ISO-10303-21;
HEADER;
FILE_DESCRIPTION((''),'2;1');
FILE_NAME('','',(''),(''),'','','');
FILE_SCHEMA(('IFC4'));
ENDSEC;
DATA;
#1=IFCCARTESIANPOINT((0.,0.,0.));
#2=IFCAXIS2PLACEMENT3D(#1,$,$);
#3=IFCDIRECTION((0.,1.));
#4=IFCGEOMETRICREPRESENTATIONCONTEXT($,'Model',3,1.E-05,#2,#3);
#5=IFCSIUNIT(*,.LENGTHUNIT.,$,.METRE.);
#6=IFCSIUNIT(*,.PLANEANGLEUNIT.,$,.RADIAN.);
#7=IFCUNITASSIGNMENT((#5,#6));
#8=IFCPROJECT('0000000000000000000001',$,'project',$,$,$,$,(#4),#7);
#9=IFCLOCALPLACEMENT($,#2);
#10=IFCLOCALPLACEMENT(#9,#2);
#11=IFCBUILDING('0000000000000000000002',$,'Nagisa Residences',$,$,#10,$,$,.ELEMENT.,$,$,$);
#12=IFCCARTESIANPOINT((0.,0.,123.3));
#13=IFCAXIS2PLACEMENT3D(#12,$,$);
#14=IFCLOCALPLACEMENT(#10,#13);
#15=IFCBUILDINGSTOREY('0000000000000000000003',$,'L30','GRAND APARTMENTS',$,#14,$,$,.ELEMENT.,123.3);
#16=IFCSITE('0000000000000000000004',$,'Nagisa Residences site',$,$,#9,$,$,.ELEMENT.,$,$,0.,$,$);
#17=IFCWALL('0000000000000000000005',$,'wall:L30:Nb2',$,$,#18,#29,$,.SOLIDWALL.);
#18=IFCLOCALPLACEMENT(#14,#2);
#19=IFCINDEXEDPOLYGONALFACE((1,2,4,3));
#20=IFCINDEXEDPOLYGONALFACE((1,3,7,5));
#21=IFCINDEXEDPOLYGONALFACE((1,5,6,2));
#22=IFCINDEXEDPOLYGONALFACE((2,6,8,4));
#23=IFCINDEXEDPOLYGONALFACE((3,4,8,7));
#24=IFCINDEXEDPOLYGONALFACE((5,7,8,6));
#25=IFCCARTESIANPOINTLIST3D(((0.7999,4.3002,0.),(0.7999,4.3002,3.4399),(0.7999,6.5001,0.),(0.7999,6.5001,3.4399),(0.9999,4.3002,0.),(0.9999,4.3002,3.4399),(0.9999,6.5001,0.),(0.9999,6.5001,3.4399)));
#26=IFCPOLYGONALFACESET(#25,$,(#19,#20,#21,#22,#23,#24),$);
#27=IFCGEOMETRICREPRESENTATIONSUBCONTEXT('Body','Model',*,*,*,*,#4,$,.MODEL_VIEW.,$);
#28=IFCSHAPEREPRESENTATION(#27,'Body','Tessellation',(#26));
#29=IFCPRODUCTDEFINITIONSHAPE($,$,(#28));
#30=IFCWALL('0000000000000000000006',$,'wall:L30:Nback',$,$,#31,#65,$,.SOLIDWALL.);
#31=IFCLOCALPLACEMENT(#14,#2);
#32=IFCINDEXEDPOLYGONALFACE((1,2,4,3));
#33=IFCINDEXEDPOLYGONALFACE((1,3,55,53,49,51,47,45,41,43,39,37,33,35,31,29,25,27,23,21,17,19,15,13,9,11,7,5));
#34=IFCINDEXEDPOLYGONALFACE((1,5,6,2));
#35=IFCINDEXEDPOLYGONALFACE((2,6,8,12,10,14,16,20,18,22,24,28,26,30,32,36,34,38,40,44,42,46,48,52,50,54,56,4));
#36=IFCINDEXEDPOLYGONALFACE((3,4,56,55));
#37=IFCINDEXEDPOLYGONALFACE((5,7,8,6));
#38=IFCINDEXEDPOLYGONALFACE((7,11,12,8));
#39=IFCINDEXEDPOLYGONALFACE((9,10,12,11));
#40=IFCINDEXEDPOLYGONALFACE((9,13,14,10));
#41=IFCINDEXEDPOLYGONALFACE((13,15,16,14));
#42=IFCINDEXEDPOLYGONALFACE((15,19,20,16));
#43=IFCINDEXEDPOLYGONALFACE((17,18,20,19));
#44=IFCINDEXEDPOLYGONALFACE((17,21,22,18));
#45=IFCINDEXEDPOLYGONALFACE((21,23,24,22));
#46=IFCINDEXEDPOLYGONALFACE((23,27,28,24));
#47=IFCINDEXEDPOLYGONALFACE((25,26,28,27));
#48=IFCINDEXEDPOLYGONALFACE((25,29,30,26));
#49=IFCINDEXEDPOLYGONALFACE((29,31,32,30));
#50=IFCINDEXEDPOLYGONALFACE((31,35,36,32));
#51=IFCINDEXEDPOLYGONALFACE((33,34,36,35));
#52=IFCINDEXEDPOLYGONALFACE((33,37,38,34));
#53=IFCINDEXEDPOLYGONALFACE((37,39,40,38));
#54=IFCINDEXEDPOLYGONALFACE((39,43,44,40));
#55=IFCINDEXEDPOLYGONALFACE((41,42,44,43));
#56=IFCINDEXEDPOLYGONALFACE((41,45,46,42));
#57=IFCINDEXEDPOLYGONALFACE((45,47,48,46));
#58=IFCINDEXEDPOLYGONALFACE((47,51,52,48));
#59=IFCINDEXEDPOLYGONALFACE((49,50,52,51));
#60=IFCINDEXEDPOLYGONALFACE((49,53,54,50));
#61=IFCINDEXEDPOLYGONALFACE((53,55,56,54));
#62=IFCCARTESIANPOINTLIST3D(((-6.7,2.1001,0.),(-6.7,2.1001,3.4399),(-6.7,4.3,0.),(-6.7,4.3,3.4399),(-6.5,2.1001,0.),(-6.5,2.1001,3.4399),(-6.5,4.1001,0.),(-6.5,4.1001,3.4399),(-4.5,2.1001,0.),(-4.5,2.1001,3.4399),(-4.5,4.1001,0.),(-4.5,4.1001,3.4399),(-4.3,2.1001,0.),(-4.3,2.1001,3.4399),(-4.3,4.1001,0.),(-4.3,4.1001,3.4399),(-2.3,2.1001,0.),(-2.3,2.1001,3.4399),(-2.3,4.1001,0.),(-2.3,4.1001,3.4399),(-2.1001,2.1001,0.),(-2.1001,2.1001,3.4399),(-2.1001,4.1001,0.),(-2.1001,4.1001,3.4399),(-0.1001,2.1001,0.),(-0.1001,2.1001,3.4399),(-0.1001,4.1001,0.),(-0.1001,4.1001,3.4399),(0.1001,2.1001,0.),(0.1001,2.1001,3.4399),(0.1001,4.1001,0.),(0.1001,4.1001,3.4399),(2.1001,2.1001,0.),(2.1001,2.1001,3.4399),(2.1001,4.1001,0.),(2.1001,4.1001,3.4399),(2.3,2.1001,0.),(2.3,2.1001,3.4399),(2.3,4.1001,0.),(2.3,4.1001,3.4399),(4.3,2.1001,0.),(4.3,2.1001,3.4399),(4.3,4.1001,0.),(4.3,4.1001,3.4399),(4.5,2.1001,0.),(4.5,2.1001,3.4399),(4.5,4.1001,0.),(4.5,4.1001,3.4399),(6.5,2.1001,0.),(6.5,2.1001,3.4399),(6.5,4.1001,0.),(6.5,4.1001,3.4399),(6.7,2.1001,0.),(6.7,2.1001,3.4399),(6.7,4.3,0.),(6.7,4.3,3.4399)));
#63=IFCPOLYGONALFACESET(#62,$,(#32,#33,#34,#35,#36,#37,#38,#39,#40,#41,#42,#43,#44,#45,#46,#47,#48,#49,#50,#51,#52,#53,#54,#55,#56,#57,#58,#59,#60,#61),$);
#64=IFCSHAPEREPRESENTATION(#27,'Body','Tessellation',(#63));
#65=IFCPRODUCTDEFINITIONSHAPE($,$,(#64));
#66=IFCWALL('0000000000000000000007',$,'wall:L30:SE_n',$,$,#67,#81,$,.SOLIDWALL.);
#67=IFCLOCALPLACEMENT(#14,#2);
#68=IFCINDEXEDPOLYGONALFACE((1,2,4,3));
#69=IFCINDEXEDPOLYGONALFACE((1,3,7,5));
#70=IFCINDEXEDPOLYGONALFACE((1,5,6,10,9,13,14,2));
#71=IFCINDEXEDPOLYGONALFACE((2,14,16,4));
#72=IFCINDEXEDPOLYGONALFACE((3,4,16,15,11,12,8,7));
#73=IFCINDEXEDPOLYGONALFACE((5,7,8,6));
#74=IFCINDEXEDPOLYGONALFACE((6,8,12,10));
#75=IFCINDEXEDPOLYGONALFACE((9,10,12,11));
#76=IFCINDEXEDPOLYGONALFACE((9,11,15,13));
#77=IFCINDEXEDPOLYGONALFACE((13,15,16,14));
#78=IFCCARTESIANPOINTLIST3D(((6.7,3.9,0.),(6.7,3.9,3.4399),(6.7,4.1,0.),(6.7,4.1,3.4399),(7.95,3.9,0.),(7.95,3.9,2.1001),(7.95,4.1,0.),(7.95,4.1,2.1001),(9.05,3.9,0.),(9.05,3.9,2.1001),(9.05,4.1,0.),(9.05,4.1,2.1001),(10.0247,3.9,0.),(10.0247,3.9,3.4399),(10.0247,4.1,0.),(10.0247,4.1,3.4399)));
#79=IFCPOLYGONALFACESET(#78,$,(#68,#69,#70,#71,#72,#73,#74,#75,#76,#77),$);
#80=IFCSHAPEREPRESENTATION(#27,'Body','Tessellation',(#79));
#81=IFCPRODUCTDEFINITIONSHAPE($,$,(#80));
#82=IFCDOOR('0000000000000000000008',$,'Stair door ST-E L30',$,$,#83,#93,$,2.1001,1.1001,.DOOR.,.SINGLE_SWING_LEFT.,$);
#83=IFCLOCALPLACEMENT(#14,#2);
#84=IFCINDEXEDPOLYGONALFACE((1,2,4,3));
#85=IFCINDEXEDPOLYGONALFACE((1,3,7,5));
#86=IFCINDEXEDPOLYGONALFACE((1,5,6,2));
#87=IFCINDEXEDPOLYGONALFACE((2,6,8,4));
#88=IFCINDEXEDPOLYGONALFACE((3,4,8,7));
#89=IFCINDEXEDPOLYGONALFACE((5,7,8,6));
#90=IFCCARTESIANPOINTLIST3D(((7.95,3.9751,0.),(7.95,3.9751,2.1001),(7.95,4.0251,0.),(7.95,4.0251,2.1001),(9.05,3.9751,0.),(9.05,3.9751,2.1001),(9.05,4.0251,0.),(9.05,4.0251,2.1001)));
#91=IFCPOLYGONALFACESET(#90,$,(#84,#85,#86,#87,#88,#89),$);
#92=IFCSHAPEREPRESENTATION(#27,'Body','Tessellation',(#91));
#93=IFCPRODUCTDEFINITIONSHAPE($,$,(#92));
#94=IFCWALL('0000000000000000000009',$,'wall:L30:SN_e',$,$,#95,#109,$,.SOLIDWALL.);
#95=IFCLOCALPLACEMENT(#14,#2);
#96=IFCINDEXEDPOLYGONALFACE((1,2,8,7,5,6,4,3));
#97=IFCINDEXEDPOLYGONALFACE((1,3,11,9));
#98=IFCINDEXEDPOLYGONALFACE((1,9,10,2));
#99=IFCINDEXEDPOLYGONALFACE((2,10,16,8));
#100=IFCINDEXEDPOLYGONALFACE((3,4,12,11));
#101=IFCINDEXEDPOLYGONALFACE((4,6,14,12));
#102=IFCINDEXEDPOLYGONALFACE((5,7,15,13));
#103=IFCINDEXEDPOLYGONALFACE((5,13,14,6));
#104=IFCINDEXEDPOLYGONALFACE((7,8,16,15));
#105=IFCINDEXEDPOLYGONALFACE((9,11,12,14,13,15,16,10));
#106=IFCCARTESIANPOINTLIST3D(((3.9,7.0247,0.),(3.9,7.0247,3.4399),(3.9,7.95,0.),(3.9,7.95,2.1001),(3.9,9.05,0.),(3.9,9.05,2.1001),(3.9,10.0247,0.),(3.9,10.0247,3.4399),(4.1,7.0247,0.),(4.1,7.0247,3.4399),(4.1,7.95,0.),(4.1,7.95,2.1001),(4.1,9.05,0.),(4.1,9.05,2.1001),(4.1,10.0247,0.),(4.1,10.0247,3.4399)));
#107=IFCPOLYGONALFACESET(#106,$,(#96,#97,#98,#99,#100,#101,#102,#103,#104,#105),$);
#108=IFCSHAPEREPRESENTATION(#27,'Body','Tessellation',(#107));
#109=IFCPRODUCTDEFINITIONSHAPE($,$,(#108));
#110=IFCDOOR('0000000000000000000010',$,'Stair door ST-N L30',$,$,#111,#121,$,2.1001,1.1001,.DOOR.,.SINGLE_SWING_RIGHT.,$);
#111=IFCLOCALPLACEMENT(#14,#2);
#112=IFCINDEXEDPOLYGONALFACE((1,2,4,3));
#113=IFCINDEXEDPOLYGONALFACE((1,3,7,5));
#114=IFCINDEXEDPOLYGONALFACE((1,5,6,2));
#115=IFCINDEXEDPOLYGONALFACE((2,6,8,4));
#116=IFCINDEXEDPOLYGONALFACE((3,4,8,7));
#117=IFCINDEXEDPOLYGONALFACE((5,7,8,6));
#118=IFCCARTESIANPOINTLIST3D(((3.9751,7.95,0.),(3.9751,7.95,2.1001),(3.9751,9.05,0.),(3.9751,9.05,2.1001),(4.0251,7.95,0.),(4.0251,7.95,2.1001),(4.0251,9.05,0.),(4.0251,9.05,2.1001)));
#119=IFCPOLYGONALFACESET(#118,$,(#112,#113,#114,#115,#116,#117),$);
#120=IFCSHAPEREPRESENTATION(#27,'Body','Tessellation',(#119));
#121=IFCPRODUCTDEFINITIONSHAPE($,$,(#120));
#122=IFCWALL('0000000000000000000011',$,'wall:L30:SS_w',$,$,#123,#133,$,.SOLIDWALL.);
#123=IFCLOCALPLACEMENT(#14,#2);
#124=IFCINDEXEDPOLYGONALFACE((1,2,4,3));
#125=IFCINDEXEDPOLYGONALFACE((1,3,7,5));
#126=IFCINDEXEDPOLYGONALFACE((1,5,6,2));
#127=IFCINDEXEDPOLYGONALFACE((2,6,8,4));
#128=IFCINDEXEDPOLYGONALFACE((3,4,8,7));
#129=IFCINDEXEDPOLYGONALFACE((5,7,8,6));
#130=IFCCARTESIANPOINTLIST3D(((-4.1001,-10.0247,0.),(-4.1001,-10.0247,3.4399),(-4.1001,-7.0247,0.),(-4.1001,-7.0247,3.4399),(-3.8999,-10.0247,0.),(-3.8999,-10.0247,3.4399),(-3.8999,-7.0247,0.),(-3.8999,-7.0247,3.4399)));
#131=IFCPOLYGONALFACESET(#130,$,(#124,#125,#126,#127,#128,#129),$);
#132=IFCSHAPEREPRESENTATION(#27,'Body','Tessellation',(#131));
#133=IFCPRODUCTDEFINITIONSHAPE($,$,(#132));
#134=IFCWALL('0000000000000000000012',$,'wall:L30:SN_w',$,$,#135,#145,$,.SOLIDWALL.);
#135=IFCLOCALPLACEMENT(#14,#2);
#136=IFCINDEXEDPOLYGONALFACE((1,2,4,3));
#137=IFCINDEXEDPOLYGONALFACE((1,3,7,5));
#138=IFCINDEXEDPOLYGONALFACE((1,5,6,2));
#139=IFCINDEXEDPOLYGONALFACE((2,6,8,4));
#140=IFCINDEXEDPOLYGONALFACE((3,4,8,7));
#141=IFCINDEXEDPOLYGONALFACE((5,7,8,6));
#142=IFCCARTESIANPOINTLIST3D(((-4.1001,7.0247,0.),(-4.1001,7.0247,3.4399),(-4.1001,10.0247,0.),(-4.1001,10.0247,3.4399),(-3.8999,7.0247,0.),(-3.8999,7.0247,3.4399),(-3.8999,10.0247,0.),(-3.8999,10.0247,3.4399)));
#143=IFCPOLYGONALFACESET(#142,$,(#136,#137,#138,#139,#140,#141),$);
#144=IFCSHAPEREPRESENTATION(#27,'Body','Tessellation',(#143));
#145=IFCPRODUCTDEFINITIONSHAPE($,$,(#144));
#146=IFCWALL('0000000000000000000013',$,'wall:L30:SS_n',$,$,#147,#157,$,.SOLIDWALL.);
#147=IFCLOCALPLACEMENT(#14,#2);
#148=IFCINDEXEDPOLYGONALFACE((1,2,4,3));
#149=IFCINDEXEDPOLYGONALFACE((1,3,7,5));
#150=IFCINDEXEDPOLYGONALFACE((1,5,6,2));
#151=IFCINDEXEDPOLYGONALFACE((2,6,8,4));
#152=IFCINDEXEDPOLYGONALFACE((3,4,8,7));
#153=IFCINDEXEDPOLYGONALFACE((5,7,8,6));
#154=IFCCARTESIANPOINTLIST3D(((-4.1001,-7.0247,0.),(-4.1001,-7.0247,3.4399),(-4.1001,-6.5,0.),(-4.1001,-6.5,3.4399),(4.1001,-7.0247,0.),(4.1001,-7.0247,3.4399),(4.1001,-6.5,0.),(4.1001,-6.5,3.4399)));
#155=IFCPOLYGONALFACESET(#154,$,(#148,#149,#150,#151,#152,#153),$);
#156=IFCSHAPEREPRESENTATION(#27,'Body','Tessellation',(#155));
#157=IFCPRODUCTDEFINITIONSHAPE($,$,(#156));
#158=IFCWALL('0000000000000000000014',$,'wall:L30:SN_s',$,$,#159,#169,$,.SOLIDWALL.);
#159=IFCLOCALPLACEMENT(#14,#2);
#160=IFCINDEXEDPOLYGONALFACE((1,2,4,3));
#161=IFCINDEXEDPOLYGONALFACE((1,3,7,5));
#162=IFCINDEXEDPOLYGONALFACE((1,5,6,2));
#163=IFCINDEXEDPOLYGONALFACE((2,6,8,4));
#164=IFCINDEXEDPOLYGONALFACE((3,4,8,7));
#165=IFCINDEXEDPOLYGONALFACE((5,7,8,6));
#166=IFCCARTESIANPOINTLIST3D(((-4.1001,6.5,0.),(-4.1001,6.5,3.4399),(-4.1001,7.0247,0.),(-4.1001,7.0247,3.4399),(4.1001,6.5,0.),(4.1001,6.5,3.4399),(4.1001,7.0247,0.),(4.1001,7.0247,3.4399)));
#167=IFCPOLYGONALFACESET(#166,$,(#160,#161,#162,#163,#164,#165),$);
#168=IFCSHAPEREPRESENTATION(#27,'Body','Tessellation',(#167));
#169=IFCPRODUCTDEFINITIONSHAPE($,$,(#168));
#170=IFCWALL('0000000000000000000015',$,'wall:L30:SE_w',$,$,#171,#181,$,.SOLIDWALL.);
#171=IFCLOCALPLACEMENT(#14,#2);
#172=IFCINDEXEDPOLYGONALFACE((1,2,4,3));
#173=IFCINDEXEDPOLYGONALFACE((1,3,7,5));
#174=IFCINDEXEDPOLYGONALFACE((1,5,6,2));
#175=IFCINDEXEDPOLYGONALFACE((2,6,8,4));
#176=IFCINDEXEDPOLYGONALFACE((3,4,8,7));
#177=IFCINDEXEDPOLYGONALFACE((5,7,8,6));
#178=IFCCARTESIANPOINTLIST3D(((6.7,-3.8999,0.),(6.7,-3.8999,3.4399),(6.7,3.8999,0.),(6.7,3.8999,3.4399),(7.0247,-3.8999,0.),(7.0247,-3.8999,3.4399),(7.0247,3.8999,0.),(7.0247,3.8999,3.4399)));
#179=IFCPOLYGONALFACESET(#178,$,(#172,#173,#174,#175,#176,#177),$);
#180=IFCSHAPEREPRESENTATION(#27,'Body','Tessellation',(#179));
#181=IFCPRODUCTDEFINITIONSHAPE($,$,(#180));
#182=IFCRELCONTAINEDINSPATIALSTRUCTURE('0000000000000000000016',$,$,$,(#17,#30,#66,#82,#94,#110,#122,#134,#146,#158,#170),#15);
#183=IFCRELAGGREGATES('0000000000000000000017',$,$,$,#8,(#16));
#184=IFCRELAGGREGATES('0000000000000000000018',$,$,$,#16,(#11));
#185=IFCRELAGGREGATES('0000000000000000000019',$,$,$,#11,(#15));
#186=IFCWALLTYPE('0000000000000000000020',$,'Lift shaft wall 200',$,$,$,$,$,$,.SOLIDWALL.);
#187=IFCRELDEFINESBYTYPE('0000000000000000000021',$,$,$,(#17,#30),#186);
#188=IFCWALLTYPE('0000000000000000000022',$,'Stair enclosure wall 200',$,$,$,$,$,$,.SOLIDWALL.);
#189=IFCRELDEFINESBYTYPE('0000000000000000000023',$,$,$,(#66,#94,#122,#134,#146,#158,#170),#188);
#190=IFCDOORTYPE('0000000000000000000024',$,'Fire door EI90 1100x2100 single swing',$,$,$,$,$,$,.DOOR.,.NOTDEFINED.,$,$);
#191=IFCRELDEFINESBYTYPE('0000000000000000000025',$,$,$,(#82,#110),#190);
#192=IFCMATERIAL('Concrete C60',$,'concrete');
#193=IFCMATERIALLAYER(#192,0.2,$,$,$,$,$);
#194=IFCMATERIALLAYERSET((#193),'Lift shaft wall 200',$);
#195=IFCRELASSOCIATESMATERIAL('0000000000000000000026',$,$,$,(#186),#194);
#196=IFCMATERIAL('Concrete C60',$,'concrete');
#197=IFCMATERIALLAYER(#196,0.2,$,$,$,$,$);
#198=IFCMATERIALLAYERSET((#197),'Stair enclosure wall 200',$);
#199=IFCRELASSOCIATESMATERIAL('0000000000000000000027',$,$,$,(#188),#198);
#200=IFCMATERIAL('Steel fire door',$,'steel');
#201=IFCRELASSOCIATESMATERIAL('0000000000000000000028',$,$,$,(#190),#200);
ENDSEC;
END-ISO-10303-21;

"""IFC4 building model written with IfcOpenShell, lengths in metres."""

from ifc_helpers import new_model, si_unit, direction, frame, frame_2d, origin, place, context, subcontext, project, spatial, polyline, rectangle, outline, extrude, material, layer, layer_set, type_object, element, fill, save


model = new_model("IFC4")

# Units and contexts
model_context = context("Model", 3, precision=1e-05, world=origin(), true_north=direction((0.0, 1.0)))
body_context = subcontext(model_context, "Body", "Model", "MODEL_VIEW")
ifc_project = project(units=[si_unit("LENGTHUNIT", "METRE"), si_unit("PLANEANGLEUNIT", "RADIAN")], contexts=[model_context])

# Site, building, storey
site_placement = place(None, origin())
site = spatial("IfcSite", under=ifc_project, at=site_placement, Name="Nagisa Residences site", CompositionType="ELEMENT", RefElevation=0.0)
building_placement = place(site_placement, origin())
building = spatial("IfcBuilding", under=site, at=building_placement, Name="Nagisa Residences", CompositionType="ELEMENT")
storey_placement = place(building_placement, frame((0.0, 0.0, 123.3)))
storey = spatial("IfcBuildingStorey", under=building, at=storey_placement, Name="L30", Description="GRAND APARTMENTS", CompositionType="ELEMENT", Elevation=123.3)

# Shared definitions
ifc_material_1 = material(Name="Concrete C60", Category="concrete")
ifc_layer_1 = layer(ifc_material_1, 0.2)
ifc_layer_set_1 = layer_set([ifc_layer_1], Name="Lift shaft wall 200")
wall_type_1 = type_object("IfcWallType", Name="Lift shaft wall 200", PredefinedType="SOLIDWALL", material=ifc_layer_set_1)

# Walls
wall_1_placement = place(storey_placement, frame((0.8999, 4.3, 0.0), z_axis=(0.0, 0.0, 1.0), x_axis=(0.0, 1.0, 0.0)))
element("IfcWall", 1, at=wall_1_placement, inside=storey, type_object=wall_type_1, Name="wall:L30:Nb2", PredefinedType="SOLIDWALL", context=body_context, shape_type="SweptSolid", body=[
    extrude(rectangle(XDim=2.2, YDim=0.2, at=frame_2d((1.1001, 0.0))), origin(), (0.0, 0.0, 1.0), 3.4399),
])
wall_2_placement = place(storey_placement, origin())
element("IfcWall", 2, at=wall_2_placement, inside=storey, type_object=wall_type_1, Name="wall:L30:Nback", PredefinedType="SOLIDWALL", context=body_context, shape_type="SweptSolid", body=[
    extrude(outline(polyline([(-6.5, 2.1001), (-6.7, 2.1001), (-6.7, 4.3), (6.7, 4.3), (6.7, 2.1001), (6.5, 2.1001), (6.5, 4.1001), (4.5, 4.1001), (4.5, 2.1001), (4.3, 2.1001), (4.3, 4.1001), (2.3, 4.1001), (2.3, 2.1001), (2.1001, 2.1001), (2.1001, 4.1001), (0.1001, 4.1001), (0.1001, 2.1001), (-0.1001, 2.1001), (-0.1001, 4.1001), (-2.1001, 4.1001), (-2.1001, 2.1001), (-2.3, 2.1001), (-2.3, 4.1001), (-4.3, 4.1001), (-4.3, 2.1001), (-4.5, 2.1001), (-4.5, 4.1001), (-6.5, 4.1001), (-6.5, 2.1001)])), origin(), (0.0, 0.0, 1.0), 3.4399),
])

# Walls, openings, doors
ifc_material_2 = material(Name="Concrete C60", Category="concrete")
ifc_layer_2 = layer(ifc_material_2, 0.2)
ifc_layer_set_2 = layer_set([ifc_layer_2], Name="Stair enclosure wall 200")
wall_type_2 = type_object("IfcWallType", Name="Stair enclosure wall 200", PredefinedType="SOLIDWALL", material=ifc_layer_set_2)
wall_3_placement = place(storey_placement, frame((6.7, 4.0, 0.0), z_axis=(0.0, 0.0, 1.0), x_axis=(1.0, 0.0, 0.0)))
wall_3 = element("IfcWall", 3, at=wall_3_placement, inside=storey, type_object=wall_type_2, Name="wall:L30:SE_n", PredefinedType="SOLIDWALL", context=body_context, shape_type="SweptSolid", body=[
    extrude(rectangle(XDim=3.3247, YDim=0.2, at=frame_2d((1.6624, 0.0))), origin(), (0.0, 0.0, 1.0), 3.4399),
])
opening_1_placement = place(wall_3_placement, frame((1.25, 0.0, 0.0)))
opening_1 = element("IfcOpeningElement", 4, at=opening_1_placement, cuts=wall_3, PredefinedType="OPENING", context=body_context, shape_type="SweptSolid", body=[
    extrude(rectangle(XDim=1.1001, YDim=2.1001, at=frame_2d((0.55, 1.05))), frame((0.0, 0.1099, 0.0), z_axis=(0.0, -1.0, 0.0), x_axis=(1.0, 0.0, 0.0)), (0.0, 0.0, 1.0), 0.22),
])
ifc_material_3 = material(Name="Steel fire door", Category="steel")
door_type_1 = type_object("IfcDoorType", Name="Fire door EI90 1100x2100 single swing", OperationType="NOTDEFINED", PredefinedType="DOOR", material=ifc_material_3)
door_1_placement = place(opening_1_placement, frame((1.1001, 0.0, 0.0), x_axis=(-1.0, 0.0, 0.0)))
door_1 = element("IfcDoor", 5, at=door_1_placement, inside=storey, type_object=door_type_1, Name="Stair door ST-E L30", OperationType="SINGLE_SWING_LEFT", OverallHeight=2.1001, OverallWidth=1.1001, PredefinedType="DOOR", context=body_context, shape_type="SweptSolid", body=[
    extrude(rectangle(XDim=1.1001, YDim=2.1001, at=frame_2d((0.55, 1.05))), frame((0.0, 0.0249, 0.0), z_axis=(0.0, -1.0, 0.0), x_axis=(1.0, 0.0, 0.0)), (0.0, 0.0, 1.0), 0.05),
])
fill(opening_1, door_1)
wall_4_placement = place(storey_placement, frame((4.0, 7.0247, 0.0), z_axis=(0.0, 0.0, 1.0), x_axis=(0.0, 1.0, 0.0)))
wall_4 = element("IfcWall", 6, at=wall_4_placement, inside=storey, type_object=wall_type_2, Name="wall:L30:SN_e", PredefinedType="SOLIDWALL", context=body_context, shape_type="SweptSolid", body=[
    extrude(rectangle(XDim=3.0, YDim=0.2, at=frame_2d((1.5, 0.0))), origin(), (0.0, 0.0, 1.0), 3.4399),
])
opening_2_placement = place(wall_4_placement, frame((0.9253, 0.0, 0.0)))
opening_2 = element("IfcOpeningElement", 7, at=opening_2_placement, cuts=wall_4, PredefinedType="OPENING", context=body_context, shape_type="SweptSolid", body=[
    extrude(rectangle(XDim=1.1001, YDim=2.1001, at=frame_2d((0.55, 1.05))), frame((0.0, 0.1099, 0.0), z_axis=(0.0, -1.0, 0.0), x_axis=(1.0, 0.0, 0.0)), (0.0, 0.0, 1.0), 0.22),
])
door_2_placement = place(opening_2_placement, origin())
door_2 = element("IfcDoor", 8, at=door_2_placement, inside=storey, type_object=door_type_1, Name="Stair door ST-N L30", OperationType="SINGLE_SWING_RIGHT", OverallHeight=2.1001, OverallWidth=1.1001, PredefinedType="DOOR", context=body_context, shape_type="SweptSolid", body=[
    extrude(rectangle(XDim=1.1001, YDim=2.1001, at=frame_2d((0.55, 1.05))), frame((0.0, 0.0249, 0.0), z_axis=(0.0, -1.0, 0.0), x_axis=(1.0, 0.0, 0.0)), (0.0, 0.0, 1.0), 0.05),
])
fill(opening_2, door_2)

# Walls
wall_5_placement = place(storey_placement, origin())
element("IfcWall", 9, at=wall_5_placement, inside=storey, type_object=wall_type_2, Name="wall:L30:SS_w", PredefinedType="SOLIDWALL", context=body_context, shape_type="SweptSolid", body=[
    extrude(outline(polyline([(-3.8999, -10.0247), (-4.1001, -10.0247), (-4.1001, -7.0247), (-3.8999, -7.0247), (-3.8999, -10.0247)])), origin(), (0.0, 0.0, 1.0), 3.4399),
])
wall_6_placement = place(storey_placement, origin())
element("IfcWall", 10, at=wall_6_placement, inside=storey, type_object=wall_type_2, Name="wall:L30:SN_w", PredefinedType="SOLIDWALL", context=body_context, shape_type="SweptSolid", body=[
    extrude(outline(polyline([(-3.8999, 7.0247), (-4.1001, 7.0247), (-4.1001, 10.0247), (-3.8999, 10.0247), (-3.8999, 7.0247)])), origin(), (0.0, 0.0, 1.0), 3.4399),
])
wall_7_placement = place(storey_placement, origin())
element("IfcWall", 11, at=wall_7_placement, inside=storey, type_object=wall_type_2, Name="wall:L30:SS_n", PredefinedType="SOLIDWALL", context=body_context, shape_type="SweptSolid", body=[
    extrude(outline(polyline([(4.1001, -7.0247), (-4.1001, -7.0247), (-4.1001, -6.5), (4.1001, -6.5), (4.1001, -7.0247)])), origin(), (0.0, 0.0, 1.0), 3.4399),
])
wall_8_placement = place(storey_placement, origin())
element("IfcWall", 12, at=wall_8_placement, inside=storey, type_object=wall_type_2, Name="wall:L30:SN_s", PredefinedType="SOLIDWALL", context=body_context, shape_type="SweptSolid", body=[
    extrude(outline(polyline([(4.1001, 6.5), (-4.1001, 6.5), (-4.1001, 7.0247), (4.1001, 7.0247), (4.1001, 6.5)])), origin(), (0.0, 0.0, 1.0), 3.4399),
])
wall_9_placement = place(storey_placement, origin())
element("IfcWall", 13, at=wall_9_placement, inside=storey, type_object=wall_type_2, Name="wall:L30:SE_w", PredefinedType="SOLIDWALL", context=body_context, shape_type="SweptSolid", body=[
    extrude(outline(polyline([(7.0247, -3.8999), (6.7, -3.8999), (6.7, 3.8999), (7.0247, 3.8999), (7.0247, -3.8999)])), origin(), (0.0, 0.0, 1.0), 3.4399),
])

save(model, "model.ifc")
